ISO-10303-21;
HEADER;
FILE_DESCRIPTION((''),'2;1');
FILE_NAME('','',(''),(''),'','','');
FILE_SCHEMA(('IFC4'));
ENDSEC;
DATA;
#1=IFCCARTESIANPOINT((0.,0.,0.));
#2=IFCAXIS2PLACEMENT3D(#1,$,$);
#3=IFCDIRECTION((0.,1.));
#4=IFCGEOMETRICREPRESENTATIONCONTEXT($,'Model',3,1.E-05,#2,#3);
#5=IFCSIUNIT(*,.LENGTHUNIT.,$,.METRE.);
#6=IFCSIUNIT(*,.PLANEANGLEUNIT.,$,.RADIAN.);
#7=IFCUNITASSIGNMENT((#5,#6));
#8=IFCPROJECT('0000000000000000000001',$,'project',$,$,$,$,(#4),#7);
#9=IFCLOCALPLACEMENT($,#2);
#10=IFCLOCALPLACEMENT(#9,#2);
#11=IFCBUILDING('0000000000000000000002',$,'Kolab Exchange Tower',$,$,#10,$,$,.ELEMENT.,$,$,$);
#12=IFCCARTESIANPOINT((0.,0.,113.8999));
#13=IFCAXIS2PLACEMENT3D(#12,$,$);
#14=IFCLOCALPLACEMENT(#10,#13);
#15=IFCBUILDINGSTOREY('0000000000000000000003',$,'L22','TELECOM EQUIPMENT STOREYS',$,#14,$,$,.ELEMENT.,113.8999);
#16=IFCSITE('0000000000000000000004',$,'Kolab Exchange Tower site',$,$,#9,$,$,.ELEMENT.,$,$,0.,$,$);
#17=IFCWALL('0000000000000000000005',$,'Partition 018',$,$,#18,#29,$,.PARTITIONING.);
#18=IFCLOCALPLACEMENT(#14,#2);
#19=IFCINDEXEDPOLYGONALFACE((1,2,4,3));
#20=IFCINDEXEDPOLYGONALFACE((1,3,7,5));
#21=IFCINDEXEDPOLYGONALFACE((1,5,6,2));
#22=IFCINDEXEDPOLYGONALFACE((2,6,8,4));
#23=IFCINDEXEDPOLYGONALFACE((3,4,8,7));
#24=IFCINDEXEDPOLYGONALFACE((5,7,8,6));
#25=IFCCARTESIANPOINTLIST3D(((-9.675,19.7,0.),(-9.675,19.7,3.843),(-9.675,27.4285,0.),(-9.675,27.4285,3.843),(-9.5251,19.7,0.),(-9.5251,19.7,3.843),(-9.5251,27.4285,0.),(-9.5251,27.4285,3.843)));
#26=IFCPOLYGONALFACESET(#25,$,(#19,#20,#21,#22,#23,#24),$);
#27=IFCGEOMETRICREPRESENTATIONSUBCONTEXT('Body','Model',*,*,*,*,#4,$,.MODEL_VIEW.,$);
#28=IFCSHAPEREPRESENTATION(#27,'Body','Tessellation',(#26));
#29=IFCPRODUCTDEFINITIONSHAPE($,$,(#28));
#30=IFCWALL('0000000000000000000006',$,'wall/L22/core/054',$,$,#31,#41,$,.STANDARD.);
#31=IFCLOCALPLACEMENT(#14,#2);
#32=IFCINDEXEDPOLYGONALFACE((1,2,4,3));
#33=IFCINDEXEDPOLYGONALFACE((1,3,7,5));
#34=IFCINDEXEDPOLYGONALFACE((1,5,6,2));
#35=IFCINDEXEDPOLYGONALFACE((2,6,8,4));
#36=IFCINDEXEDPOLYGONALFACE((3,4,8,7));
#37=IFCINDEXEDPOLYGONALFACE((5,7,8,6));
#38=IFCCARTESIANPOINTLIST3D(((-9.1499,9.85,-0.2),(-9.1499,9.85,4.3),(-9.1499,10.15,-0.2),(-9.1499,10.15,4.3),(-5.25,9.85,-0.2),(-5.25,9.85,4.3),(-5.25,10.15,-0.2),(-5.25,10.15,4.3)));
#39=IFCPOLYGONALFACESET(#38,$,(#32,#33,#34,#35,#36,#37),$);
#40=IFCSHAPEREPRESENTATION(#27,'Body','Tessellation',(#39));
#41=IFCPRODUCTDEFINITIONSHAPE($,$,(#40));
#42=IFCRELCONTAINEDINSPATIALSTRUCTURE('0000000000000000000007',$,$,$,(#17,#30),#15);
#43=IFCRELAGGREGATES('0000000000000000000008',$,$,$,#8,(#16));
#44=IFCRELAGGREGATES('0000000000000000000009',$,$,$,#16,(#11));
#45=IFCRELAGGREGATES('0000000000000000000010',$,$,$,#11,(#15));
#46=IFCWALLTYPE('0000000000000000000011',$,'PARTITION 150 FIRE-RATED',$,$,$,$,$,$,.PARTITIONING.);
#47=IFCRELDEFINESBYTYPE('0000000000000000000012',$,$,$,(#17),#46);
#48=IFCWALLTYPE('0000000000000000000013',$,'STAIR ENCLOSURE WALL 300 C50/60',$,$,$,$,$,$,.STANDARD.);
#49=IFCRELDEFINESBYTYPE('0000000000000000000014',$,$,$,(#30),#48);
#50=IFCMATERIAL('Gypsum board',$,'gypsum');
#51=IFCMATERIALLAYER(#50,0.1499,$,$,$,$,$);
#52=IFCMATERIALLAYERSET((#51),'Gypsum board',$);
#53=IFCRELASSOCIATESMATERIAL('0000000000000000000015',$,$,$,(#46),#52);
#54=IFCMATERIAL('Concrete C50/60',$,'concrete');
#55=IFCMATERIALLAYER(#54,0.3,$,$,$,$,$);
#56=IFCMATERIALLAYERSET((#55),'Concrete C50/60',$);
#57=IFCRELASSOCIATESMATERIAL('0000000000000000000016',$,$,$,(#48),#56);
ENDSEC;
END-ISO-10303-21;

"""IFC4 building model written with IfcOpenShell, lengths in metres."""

from ifc_helpers import new_model, si_unit, direction, frame, frame_2d, origin, place, context, subcontext, project, spatial, rectangle, extrude, material, layer, layer_set, type_object, element, save


model = new_model("IFC4")

# Units and contexts
model_context = context("Model", 3, precision=1e-05, world=origin(), true_north=direction((0.0, 1.0)))
body_context = subcontext(model_context, "Body", "Model", "MODEL_VIEW")
ifc_project = project(units=[si_unit("LENGTHUNIT", "METRE"), si_unit("PLANEANGLEUNIT", "RADIAN")], contexts=[model_context])

# Site, building, storey
site_placement = place(None, origin())
site = spatial("IfcSite", under=ifc_project, at=site_placement, Name="Kolab Exchange Tower site", CompositionType="ELEMENT", RefElevation=0.0)
building_placement = place(site_placement, origin())
building = spatial("IfcBuilding", under=site, at=building_placement, Name="Kolab Exchange Tower", CompositionType="ELEMENT")
storey_placement = place(building_placement, frame((0.0, 0.0, 113.8999)))
storey = spatial("IfcBuildingStorey", under=building, at=storey_placement, Name="L22", Description="TELECOM EQUIPMENT STOREYS", CompositionType="ELEMENT", Elevation=113.8999)

# Walls
ifc_material_1 = material(Name="Gypsum board", Category="gypsum")
ifc_layer_1 = layer(ifc_material_1, 0.1499)
ifc_layer_set_1 = layer_set([ifc_layer_1], Name="Gypsum board")
wall_type_1 = type_object("IfcWallType", Name="PARTITION 150 FIRE-RATED", PredefinedType="PARTITIONING", material=ifc_layer_set_1)
wall_1_placement = place(storey_placement, frame((-9.6001, 19.7, 0.0), z_axis=(0.0, 0.0, 1.0), x_axis=(0.0, 1.0, 0.0)))
element("IfcWall", 1, at=wall_1_placement, inside=storey, type_object=wall_type_1, Name="Partition 018", PredefinedType="PARTITIONING", context=body_context, shape_type="SweptSolid", body=[
    extrude(rectangle(XDim=7.7285, YDim=0.1499, at=frame_2d((3.8643, 0.0))), origin(), (0.0, 0.0, 1.0), 3.843),
])
ifc_material_2 = material(Name="Concrete C50/60", Category="concrete")
ifc_layer_2 = layer(ifc_material_2, 0.3)
ifc_layer_set_2 = layer_set([ifc_layer_2], Name="Concrete C50/60")
wall_type_2 = type_object("IfcWallType", Name="STAIR ENCLOSURE WALL 300 C50/60", PredefinedType="STANDARD", material=ifc_layer_set_2)
wall_2_placement = place(storey_placement, frame((-9.1499, 10.0, -0.2), z_axis=(0.0, 0.0, 1.0), x_axis=(1.0, 0.0, 0.0)))
element("IfcWall", 2, at=wall_2_placement, inside=storey, type_object=wall_type_2, Name="wall/L22/core/054", PredefinedType="STANDARD", context=body_context, shape_type="SweptSolid", body=[
    extrude(rectangle(XDim=3.8999, YDim=0.3, at=frame_2d((1.95, 0.0))), origin(), (0.0, 0.0, 1.0), 4.5),
])

save(model, "model.ifc")
